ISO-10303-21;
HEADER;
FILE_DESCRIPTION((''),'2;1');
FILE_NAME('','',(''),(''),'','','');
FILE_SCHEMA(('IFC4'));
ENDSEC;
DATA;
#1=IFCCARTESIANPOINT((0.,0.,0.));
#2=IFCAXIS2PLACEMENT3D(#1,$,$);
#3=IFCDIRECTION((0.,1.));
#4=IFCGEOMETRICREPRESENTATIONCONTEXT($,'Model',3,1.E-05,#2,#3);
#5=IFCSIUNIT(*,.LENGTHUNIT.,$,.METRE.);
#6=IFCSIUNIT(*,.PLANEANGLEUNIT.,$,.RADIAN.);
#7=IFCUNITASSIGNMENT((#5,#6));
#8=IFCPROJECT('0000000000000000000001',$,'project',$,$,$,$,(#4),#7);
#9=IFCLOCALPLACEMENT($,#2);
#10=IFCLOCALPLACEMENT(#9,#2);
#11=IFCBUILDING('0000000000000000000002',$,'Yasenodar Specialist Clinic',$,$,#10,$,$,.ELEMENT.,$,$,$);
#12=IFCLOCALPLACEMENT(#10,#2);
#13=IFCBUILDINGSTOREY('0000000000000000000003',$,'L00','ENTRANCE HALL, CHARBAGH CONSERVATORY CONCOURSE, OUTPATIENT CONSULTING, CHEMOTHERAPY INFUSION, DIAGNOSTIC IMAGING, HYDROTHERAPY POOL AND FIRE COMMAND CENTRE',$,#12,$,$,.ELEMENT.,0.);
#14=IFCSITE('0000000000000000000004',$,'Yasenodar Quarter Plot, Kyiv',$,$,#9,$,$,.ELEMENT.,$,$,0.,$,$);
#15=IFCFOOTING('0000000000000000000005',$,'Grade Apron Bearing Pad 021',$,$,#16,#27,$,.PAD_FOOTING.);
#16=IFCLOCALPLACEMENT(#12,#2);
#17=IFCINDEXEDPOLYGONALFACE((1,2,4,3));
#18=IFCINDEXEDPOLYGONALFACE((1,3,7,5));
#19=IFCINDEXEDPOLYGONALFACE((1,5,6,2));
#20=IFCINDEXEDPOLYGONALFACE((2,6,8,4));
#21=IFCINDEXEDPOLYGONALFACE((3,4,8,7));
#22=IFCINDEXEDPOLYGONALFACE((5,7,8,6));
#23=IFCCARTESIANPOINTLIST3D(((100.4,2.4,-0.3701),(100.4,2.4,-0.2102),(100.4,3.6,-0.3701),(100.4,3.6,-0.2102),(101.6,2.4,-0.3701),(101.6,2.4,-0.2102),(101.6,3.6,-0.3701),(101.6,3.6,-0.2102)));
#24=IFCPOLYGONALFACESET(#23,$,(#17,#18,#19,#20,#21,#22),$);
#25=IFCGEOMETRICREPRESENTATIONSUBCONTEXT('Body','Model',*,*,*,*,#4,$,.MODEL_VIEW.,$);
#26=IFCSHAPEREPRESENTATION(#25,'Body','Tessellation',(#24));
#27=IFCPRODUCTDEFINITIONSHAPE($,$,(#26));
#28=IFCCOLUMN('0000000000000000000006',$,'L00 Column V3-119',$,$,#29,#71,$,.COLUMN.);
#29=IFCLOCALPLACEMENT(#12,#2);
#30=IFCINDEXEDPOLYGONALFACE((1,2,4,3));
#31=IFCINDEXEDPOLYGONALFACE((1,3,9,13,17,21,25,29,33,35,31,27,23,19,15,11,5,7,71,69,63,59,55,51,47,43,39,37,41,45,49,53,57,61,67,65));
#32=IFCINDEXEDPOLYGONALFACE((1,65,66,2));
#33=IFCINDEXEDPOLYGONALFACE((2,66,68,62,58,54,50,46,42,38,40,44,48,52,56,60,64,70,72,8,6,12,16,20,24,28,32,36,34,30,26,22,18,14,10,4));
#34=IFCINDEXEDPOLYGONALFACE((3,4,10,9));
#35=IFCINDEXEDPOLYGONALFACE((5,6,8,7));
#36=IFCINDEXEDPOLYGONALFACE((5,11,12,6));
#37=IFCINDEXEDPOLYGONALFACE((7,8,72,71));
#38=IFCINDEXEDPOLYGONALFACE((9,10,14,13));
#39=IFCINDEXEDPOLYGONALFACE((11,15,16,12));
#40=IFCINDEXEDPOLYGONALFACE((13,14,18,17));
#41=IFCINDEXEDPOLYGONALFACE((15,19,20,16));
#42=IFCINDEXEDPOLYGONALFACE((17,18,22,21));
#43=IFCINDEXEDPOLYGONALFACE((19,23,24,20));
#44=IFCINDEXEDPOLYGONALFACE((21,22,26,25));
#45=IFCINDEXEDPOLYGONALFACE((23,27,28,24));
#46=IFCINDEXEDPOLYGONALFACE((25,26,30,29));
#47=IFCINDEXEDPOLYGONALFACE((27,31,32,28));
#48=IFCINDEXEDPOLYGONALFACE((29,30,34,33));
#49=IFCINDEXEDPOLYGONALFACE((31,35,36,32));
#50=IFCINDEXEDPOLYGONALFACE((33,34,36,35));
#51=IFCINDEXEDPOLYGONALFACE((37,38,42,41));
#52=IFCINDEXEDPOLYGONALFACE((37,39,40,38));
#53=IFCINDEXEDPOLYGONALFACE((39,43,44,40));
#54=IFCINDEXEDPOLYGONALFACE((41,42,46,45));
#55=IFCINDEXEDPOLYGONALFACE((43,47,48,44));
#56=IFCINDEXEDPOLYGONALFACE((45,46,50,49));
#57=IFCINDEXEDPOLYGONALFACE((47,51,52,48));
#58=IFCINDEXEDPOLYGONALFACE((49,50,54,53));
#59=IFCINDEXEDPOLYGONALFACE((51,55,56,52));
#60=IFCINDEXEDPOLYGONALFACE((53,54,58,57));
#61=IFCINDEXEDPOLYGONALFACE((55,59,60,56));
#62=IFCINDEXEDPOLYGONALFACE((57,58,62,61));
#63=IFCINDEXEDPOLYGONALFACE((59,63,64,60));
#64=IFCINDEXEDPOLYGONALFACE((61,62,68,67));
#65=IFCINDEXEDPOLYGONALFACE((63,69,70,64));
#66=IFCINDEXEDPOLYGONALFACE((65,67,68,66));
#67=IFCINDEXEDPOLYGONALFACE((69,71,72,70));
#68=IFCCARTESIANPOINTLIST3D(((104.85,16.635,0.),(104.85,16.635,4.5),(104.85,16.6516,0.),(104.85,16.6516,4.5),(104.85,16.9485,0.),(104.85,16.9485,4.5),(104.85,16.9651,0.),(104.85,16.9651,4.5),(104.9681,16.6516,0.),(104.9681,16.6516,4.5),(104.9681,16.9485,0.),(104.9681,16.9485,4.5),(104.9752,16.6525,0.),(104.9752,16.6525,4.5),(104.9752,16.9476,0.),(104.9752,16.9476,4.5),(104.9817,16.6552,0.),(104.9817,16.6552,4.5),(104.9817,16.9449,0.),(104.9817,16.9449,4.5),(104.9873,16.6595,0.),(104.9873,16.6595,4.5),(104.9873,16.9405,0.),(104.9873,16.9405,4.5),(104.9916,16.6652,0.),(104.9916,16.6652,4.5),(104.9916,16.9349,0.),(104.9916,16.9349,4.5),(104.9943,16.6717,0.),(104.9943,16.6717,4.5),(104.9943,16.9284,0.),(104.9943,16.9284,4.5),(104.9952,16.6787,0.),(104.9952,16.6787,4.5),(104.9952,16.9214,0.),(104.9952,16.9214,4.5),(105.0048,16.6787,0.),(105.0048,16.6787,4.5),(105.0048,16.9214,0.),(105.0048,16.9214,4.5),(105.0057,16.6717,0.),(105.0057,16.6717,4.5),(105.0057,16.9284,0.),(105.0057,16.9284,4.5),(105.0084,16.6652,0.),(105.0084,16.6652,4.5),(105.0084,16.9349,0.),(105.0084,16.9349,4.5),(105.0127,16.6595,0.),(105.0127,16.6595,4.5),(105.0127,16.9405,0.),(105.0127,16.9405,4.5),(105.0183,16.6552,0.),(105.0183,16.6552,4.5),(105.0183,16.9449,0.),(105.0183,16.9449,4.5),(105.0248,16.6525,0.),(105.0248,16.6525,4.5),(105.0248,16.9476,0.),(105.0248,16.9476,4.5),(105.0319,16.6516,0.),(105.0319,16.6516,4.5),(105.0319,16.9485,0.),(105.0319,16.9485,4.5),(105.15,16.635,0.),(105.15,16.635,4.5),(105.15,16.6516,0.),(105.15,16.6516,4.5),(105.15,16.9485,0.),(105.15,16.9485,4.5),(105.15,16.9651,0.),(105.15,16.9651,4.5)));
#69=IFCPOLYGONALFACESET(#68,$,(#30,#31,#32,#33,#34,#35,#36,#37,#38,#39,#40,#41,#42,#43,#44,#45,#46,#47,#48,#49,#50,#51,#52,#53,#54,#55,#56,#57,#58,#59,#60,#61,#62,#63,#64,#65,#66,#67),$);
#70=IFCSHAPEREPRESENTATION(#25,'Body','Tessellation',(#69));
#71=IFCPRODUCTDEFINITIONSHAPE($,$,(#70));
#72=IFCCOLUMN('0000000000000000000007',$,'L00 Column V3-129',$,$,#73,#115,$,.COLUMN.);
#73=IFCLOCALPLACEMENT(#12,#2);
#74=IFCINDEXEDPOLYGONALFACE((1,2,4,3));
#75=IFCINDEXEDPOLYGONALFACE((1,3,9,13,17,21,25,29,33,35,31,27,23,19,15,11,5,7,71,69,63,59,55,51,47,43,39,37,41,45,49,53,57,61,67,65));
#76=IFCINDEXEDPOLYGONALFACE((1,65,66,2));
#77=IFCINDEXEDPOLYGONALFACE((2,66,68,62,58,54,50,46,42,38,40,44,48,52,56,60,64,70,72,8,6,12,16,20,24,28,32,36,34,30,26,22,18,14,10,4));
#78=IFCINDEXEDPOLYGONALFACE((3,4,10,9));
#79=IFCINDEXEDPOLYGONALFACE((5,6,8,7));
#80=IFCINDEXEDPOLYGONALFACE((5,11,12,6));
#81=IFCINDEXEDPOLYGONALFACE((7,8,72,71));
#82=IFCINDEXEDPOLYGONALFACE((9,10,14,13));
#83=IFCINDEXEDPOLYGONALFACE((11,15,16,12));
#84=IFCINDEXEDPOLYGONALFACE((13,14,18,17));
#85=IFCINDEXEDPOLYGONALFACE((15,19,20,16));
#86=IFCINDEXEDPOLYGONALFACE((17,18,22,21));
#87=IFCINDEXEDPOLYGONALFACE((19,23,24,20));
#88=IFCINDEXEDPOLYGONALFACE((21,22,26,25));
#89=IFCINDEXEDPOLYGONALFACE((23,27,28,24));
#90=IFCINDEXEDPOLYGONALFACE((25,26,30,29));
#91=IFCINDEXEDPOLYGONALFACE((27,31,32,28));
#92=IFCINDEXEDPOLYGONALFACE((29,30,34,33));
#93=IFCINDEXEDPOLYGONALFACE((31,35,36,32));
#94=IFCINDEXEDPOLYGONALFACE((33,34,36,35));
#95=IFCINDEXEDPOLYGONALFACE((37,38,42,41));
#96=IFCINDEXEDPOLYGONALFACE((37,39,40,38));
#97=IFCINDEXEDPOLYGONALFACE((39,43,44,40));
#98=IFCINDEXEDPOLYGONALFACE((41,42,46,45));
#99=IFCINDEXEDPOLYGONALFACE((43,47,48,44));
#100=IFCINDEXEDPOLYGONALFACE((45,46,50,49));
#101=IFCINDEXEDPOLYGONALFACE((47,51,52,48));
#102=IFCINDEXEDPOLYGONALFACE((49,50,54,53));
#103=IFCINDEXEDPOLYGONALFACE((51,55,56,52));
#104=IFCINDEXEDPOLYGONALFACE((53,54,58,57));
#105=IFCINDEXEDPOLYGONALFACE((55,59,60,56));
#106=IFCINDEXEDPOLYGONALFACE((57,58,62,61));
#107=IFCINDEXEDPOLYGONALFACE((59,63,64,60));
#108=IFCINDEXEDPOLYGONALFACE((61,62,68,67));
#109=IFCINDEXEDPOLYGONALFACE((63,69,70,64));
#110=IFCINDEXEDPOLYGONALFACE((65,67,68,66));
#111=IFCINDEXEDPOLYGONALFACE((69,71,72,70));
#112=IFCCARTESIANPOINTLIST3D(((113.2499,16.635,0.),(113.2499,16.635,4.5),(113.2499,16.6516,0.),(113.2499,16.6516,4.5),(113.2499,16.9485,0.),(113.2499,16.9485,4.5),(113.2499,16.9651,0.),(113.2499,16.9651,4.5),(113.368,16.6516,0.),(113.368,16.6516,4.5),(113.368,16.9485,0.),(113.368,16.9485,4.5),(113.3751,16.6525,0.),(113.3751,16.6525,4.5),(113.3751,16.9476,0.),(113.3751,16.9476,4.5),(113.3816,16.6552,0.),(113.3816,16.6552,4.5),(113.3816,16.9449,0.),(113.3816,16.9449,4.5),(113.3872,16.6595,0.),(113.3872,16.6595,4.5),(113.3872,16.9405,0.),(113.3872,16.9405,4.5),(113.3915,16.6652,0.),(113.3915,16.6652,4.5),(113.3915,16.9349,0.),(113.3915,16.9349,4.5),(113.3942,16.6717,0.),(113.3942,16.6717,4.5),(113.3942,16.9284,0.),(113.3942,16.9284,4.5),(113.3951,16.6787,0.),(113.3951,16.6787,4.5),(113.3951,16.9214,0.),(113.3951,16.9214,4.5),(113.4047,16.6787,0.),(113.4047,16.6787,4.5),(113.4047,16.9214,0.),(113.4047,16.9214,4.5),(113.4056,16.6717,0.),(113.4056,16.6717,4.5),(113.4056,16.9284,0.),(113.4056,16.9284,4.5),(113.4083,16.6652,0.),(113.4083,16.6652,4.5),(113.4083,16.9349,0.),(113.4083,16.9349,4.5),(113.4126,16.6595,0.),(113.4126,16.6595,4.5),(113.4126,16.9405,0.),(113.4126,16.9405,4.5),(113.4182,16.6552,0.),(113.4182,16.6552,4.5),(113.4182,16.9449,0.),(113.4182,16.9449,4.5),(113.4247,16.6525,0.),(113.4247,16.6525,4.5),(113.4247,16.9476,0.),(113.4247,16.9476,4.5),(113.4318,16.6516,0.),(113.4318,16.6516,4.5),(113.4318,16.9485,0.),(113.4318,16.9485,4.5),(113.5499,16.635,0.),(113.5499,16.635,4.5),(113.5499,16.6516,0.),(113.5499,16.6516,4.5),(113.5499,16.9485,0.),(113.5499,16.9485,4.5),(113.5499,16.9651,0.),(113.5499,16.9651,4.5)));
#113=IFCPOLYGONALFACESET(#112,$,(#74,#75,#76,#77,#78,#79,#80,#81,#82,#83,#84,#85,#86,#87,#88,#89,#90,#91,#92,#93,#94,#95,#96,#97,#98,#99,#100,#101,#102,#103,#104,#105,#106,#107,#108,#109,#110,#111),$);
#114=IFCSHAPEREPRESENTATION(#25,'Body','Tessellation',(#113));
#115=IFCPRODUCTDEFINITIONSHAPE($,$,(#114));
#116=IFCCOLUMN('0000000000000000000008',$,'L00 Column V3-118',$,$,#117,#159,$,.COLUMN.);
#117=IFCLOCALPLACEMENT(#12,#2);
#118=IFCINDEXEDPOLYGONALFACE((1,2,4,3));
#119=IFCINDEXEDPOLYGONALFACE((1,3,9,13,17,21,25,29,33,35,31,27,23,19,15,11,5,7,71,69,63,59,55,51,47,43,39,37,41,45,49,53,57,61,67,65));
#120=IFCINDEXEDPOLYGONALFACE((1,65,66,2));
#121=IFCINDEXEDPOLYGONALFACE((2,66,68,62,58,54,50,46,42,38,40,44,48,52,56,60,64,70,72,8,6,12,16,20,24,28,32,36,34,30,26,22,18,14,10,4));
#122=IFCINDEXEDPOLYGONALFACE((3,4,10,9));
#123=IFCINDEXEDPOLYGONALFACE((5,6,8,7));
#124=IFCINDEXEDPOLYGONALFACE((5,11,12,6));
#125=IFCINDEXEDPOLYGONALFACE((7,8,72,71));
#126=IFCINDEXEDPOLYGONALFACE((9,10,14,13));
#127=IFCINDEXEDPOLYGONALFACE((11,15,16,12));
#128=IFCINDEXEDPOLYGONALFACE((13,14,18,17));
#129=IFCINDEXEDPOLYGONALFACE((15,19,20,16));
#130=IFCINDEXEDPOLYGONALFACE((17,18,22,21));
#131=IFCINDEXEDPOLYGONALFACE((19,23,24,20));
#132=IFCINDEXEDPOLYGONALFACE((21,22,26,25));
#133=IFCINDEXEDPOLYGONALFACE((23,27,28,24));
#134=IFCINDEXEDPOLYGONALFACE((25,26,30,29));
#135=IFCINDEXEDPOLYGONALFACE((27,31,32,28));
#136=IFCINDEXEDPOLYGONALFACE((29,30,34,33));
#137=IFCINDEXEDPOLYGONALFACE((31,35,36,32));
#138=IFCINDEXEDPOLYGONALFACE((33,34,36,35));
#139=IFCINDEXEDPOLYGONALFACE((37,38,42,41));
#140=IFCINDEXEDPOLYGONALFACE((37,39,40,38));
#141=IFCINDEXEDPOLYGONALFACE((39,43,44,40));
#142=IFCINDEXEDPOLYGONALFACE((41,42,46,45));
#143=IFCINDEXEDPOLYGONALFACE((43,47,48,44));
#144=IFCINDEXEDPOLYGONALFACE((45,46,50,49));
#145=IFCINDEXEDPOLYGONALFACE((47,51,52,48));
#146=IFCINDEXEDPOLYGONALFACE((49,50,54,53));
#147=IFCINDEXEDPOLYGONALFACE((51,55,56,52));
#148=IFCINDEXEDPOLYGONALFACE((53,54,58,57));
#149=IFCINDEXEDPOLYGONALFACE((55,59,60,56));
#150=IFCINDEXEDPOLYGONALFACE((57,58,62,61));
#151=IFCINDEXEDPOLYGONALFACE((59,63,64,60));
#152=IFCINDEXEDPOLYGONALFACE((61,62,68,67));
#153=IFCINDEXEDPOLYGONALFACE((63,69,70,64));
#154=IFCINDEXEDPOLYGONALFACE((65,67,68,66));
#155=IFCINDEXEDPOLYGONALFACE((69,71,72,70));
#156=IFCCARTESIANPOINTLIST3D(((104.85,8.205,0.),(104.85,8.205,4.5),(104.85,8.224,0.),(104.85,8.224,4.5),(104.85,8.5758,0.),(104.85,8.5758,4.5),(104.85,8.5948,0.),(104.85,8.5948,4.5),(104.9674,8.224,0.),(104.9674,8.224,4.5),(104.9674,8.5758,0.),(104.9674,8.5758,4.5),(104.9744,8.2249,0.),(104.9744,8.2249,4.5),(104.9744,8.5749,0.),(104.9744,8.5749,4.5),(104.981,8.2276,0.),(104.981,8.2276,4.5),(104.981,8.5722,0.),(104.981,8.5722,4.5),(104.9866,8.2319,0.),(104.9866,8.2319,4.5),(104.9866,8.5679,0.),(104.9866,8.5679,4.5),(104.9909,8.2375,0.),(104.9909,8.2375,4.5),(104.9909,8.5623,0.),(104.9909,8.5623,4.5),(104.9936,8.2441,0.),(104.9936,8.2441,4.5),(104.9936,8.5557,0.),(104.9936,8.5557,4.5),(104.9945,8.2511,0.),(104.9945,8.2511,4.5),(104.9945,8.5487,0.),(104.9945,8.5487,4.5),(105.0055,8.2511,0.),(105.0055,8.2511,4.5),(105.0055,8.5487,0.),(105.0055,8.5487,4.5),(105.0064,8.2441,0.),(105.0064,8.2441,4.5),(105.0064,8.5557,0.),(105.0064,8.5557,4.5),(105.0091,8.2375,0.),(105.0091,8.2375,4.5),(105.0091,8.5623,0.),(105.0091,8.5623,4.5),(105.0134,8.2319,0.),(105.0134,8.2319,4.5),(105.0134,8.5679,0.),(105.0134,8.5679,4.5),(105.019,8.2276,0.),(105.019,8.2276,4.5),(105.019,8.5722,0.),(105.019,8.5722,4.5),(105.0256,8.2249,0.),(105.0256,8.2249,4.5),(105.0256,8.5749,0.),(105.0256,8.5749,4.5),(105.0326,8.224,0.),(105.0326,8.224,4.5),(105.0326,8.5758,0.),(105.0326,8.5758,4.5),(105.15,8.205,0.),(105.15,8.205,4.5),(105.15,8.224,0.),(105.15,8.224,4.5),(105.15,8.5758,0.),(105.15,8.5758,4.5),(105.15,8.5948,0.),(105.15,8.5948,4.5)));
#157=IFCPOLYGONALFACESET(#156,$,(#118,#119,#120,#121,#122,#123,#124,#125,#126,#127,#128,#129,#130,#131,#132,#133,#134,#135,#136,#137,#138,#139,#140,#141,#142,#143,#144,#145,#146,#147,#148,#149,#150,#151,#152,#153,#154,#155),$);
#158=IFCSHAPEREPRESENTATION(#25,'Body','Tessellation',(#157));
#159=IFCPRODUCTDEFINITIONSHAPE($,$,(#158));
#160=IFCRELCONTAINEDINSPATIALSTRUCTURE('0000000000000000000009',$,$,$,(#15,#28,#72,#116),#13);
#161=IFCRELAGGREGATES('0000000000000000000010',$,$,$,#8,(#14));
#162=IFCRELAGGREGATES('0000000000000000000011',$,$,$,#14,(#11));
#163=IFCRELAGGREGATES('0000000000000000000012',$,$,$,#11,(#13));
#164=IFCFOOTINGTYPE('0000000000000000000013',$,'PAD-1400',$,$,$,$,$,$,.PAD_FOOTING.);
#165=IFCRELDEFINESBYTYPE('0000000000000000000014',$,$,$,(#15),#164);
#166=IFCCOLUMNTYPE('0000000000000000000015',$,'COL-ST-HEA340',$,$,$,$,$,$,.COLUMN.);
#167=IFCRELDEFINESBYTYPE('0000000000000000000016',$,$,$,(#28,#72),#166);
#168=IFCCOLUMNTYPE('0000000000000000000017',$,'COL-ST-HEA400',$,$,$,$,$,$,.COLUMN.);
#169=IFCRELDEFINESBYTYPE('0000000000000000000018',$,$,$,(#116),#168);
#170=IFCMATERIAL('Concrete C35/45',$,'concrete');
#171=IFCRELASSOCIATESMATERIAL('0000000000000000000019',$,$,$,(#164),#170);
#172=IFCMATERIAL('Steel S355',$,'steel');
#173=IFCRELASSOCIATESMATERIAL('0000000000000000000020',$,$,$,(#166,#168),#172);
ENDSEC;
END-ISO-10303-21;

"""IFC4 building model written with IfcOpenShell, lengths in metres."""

from ifc_helpers import new_model, si_unit, direction, frame, origin, origin_2d, place, context, subcontext, project, spatial, rectangle, i_section, extrude, material, material_profile, profile_set, type_object, element, save


model = new_model("IFC4")

# Units and contexts
model_context = context("Model", 3, precision=1e-05, world=origin(), true_north=direction((0.0, 1.0)))
body_context = subcontext(model_context, "Body", "Model", "MODEL_VIEW")
ifc_project = project(units=[si_unit("LENGTHUNIT", "METRE"), si_unit("PLANEANGLEUNIT", "RADIAN")], contexts=[model_context])

# Site, building, storey
site_placement = place(None, origin())
site = spatial("IfcSite", under=ifc_project, at=site_placement, Name="Yasenodar Quarter Plot, Kyiv", CompositionType="ELEMENT", RefElevation=0.0)
building_placement = place(site_placement, origin())
building = spatial("IfcBuilding", under=site, at=building_placement, Name="Yasenodar Specialist Clinic", CompositionType="ELEMENT")
storey_placement = place(building_placement, origin())
storey = spatial("IfcBuildingStorey", under=building, at=storey_placement, Name="L00", Description="ENTRANCE HALL, CHARBAGH CONSERVATORY CONCOURSE, OUTPATIENT CONSULTING, CHEMOTHERAPY INFUSION, DIAGNOSTIC IMAGING, HYDROTHERAPY POOL AND FIRE COMMAND CENTRE", CompositionType="ELEMENT", Elevation=0.0)

# Footing
ifc_material_1 = material(Name="Concrete C35/45", Category="concrete")
footing_type = type_object("IfcFootingType", Name="PAD-1400", PredefinedType="PAD_FOOTING", material=ifc_material_1)
footing_placement = place(storey_placement, frame((101.0, 3.0, -0.3701), z_axis=(0.0, 0.0, 1.0), x_axis=(1.0, 0.0, 0.0)))
element("IfcFooting", 1, at=footing_placement, inside=storey, type_object=footing_type, Name="Grade Apron Bearing Pad 021", PredefinedType="PAD_FOOTING", context=body_context, shape_type="SweptSolid", body=[
    extrude(rectangle(XDim=1.2, YDim=1.2, at=origin_2d()), origin(), (0.0, 0.0, 1.0), 0.1599),
])

# Columns
ifc_material_2 = material(Name="Steel S355", Category="steel")
ifc_material_profile_1 = material_profile(ifc_material_2, i_section(OverallWidth=0.3, OverallDepth=0.3301, WebThickness=0.0095, FlangeThickness=0.0166, FilletRadius=0.0271, at=origin_2d()), Name="HEA 340")
ifc_profile_set_1 = profile_set([ifc_material_profile_1], Name="Steel S355")
column_type_1 = type_object("IfcColumnType", Name="COL-ST-HEA340", PredefinedType="COLUMN", material=ifc_profile_set_1)
for number, where, z_axis, x_axis, name in (
    (2, (105.0, 16.8, 0.0), (0.0, 0.0, 1.0), (1.0, 0.0, 0.0), "L00 Column V3-119"),
    (3, (113.3999, 16.8, 0.0), (0.0, 0.0, 1.0), (1.0, 0.0, 0.0), "L00 Column V3-129"),
):
    element("IfcColumn", number, at=place(storey_placement, frame(where, z_axis=z_axis, x_axis=x_axis)), inside=storey, type_object=column_type_1, Name=name, PredefinedType="COLUMN", context=body_context, shape_type="SweptSolid", body=[
        extrude(i_section(OverallWidth=0.3, OverallDepth=0.3301, WebThickness=0.0095, FlangeThickness=0.0166, FilletRadius=0.0271, at=origin_2d()), origin(), (0.0, 0.0, 1.0), 4.5),
    ])
ifc_material_profile_2 = material_profile(ifc_material_2, i_section(OverallWidth=0.3, OverallDepth=0.3899, WebThickness=0.011, FlangeThickness=0.019, FilletRadius=0.0271, at=origin_2d()), Name="HEA 400")
ifc_profile_set_2 = profile_set([ifc_material_profile_2], Name="Steel S355")
column_type_2 = type_object("IfcColumnType", Name="COL-ST-HEA400", PredefinedType="COLUMN", material=ifc_profile_set_2)
for number, where, z_axis, x_axis, name in (
    (4, (105.0, 8.3999, 0.0), (0.0, 0.0, 1.0), (1.0, 0.0, 0.0), "L00 Column V3-118"),
):
    element("IfcColumn", number, at=place(storey_placement, frame(where, z_axis=z_axis, x_axis=x_axis)), inside=storey, type_object=column_type_2, Name=name, PredefinedType="COLUMN", context=body_context, shape_type="SweptSolid", body=[
        extrude(i_section(OverallWidth=0.3, OverallDepth=0.3899, WebThickness=0.011, FlangeThickness=0.019, FilletRadius=0.0271, at=origin_2d()), origin(), (0.0, 0.0, 1.0), 4.5),
    ])

save(model, "model.ifc")
